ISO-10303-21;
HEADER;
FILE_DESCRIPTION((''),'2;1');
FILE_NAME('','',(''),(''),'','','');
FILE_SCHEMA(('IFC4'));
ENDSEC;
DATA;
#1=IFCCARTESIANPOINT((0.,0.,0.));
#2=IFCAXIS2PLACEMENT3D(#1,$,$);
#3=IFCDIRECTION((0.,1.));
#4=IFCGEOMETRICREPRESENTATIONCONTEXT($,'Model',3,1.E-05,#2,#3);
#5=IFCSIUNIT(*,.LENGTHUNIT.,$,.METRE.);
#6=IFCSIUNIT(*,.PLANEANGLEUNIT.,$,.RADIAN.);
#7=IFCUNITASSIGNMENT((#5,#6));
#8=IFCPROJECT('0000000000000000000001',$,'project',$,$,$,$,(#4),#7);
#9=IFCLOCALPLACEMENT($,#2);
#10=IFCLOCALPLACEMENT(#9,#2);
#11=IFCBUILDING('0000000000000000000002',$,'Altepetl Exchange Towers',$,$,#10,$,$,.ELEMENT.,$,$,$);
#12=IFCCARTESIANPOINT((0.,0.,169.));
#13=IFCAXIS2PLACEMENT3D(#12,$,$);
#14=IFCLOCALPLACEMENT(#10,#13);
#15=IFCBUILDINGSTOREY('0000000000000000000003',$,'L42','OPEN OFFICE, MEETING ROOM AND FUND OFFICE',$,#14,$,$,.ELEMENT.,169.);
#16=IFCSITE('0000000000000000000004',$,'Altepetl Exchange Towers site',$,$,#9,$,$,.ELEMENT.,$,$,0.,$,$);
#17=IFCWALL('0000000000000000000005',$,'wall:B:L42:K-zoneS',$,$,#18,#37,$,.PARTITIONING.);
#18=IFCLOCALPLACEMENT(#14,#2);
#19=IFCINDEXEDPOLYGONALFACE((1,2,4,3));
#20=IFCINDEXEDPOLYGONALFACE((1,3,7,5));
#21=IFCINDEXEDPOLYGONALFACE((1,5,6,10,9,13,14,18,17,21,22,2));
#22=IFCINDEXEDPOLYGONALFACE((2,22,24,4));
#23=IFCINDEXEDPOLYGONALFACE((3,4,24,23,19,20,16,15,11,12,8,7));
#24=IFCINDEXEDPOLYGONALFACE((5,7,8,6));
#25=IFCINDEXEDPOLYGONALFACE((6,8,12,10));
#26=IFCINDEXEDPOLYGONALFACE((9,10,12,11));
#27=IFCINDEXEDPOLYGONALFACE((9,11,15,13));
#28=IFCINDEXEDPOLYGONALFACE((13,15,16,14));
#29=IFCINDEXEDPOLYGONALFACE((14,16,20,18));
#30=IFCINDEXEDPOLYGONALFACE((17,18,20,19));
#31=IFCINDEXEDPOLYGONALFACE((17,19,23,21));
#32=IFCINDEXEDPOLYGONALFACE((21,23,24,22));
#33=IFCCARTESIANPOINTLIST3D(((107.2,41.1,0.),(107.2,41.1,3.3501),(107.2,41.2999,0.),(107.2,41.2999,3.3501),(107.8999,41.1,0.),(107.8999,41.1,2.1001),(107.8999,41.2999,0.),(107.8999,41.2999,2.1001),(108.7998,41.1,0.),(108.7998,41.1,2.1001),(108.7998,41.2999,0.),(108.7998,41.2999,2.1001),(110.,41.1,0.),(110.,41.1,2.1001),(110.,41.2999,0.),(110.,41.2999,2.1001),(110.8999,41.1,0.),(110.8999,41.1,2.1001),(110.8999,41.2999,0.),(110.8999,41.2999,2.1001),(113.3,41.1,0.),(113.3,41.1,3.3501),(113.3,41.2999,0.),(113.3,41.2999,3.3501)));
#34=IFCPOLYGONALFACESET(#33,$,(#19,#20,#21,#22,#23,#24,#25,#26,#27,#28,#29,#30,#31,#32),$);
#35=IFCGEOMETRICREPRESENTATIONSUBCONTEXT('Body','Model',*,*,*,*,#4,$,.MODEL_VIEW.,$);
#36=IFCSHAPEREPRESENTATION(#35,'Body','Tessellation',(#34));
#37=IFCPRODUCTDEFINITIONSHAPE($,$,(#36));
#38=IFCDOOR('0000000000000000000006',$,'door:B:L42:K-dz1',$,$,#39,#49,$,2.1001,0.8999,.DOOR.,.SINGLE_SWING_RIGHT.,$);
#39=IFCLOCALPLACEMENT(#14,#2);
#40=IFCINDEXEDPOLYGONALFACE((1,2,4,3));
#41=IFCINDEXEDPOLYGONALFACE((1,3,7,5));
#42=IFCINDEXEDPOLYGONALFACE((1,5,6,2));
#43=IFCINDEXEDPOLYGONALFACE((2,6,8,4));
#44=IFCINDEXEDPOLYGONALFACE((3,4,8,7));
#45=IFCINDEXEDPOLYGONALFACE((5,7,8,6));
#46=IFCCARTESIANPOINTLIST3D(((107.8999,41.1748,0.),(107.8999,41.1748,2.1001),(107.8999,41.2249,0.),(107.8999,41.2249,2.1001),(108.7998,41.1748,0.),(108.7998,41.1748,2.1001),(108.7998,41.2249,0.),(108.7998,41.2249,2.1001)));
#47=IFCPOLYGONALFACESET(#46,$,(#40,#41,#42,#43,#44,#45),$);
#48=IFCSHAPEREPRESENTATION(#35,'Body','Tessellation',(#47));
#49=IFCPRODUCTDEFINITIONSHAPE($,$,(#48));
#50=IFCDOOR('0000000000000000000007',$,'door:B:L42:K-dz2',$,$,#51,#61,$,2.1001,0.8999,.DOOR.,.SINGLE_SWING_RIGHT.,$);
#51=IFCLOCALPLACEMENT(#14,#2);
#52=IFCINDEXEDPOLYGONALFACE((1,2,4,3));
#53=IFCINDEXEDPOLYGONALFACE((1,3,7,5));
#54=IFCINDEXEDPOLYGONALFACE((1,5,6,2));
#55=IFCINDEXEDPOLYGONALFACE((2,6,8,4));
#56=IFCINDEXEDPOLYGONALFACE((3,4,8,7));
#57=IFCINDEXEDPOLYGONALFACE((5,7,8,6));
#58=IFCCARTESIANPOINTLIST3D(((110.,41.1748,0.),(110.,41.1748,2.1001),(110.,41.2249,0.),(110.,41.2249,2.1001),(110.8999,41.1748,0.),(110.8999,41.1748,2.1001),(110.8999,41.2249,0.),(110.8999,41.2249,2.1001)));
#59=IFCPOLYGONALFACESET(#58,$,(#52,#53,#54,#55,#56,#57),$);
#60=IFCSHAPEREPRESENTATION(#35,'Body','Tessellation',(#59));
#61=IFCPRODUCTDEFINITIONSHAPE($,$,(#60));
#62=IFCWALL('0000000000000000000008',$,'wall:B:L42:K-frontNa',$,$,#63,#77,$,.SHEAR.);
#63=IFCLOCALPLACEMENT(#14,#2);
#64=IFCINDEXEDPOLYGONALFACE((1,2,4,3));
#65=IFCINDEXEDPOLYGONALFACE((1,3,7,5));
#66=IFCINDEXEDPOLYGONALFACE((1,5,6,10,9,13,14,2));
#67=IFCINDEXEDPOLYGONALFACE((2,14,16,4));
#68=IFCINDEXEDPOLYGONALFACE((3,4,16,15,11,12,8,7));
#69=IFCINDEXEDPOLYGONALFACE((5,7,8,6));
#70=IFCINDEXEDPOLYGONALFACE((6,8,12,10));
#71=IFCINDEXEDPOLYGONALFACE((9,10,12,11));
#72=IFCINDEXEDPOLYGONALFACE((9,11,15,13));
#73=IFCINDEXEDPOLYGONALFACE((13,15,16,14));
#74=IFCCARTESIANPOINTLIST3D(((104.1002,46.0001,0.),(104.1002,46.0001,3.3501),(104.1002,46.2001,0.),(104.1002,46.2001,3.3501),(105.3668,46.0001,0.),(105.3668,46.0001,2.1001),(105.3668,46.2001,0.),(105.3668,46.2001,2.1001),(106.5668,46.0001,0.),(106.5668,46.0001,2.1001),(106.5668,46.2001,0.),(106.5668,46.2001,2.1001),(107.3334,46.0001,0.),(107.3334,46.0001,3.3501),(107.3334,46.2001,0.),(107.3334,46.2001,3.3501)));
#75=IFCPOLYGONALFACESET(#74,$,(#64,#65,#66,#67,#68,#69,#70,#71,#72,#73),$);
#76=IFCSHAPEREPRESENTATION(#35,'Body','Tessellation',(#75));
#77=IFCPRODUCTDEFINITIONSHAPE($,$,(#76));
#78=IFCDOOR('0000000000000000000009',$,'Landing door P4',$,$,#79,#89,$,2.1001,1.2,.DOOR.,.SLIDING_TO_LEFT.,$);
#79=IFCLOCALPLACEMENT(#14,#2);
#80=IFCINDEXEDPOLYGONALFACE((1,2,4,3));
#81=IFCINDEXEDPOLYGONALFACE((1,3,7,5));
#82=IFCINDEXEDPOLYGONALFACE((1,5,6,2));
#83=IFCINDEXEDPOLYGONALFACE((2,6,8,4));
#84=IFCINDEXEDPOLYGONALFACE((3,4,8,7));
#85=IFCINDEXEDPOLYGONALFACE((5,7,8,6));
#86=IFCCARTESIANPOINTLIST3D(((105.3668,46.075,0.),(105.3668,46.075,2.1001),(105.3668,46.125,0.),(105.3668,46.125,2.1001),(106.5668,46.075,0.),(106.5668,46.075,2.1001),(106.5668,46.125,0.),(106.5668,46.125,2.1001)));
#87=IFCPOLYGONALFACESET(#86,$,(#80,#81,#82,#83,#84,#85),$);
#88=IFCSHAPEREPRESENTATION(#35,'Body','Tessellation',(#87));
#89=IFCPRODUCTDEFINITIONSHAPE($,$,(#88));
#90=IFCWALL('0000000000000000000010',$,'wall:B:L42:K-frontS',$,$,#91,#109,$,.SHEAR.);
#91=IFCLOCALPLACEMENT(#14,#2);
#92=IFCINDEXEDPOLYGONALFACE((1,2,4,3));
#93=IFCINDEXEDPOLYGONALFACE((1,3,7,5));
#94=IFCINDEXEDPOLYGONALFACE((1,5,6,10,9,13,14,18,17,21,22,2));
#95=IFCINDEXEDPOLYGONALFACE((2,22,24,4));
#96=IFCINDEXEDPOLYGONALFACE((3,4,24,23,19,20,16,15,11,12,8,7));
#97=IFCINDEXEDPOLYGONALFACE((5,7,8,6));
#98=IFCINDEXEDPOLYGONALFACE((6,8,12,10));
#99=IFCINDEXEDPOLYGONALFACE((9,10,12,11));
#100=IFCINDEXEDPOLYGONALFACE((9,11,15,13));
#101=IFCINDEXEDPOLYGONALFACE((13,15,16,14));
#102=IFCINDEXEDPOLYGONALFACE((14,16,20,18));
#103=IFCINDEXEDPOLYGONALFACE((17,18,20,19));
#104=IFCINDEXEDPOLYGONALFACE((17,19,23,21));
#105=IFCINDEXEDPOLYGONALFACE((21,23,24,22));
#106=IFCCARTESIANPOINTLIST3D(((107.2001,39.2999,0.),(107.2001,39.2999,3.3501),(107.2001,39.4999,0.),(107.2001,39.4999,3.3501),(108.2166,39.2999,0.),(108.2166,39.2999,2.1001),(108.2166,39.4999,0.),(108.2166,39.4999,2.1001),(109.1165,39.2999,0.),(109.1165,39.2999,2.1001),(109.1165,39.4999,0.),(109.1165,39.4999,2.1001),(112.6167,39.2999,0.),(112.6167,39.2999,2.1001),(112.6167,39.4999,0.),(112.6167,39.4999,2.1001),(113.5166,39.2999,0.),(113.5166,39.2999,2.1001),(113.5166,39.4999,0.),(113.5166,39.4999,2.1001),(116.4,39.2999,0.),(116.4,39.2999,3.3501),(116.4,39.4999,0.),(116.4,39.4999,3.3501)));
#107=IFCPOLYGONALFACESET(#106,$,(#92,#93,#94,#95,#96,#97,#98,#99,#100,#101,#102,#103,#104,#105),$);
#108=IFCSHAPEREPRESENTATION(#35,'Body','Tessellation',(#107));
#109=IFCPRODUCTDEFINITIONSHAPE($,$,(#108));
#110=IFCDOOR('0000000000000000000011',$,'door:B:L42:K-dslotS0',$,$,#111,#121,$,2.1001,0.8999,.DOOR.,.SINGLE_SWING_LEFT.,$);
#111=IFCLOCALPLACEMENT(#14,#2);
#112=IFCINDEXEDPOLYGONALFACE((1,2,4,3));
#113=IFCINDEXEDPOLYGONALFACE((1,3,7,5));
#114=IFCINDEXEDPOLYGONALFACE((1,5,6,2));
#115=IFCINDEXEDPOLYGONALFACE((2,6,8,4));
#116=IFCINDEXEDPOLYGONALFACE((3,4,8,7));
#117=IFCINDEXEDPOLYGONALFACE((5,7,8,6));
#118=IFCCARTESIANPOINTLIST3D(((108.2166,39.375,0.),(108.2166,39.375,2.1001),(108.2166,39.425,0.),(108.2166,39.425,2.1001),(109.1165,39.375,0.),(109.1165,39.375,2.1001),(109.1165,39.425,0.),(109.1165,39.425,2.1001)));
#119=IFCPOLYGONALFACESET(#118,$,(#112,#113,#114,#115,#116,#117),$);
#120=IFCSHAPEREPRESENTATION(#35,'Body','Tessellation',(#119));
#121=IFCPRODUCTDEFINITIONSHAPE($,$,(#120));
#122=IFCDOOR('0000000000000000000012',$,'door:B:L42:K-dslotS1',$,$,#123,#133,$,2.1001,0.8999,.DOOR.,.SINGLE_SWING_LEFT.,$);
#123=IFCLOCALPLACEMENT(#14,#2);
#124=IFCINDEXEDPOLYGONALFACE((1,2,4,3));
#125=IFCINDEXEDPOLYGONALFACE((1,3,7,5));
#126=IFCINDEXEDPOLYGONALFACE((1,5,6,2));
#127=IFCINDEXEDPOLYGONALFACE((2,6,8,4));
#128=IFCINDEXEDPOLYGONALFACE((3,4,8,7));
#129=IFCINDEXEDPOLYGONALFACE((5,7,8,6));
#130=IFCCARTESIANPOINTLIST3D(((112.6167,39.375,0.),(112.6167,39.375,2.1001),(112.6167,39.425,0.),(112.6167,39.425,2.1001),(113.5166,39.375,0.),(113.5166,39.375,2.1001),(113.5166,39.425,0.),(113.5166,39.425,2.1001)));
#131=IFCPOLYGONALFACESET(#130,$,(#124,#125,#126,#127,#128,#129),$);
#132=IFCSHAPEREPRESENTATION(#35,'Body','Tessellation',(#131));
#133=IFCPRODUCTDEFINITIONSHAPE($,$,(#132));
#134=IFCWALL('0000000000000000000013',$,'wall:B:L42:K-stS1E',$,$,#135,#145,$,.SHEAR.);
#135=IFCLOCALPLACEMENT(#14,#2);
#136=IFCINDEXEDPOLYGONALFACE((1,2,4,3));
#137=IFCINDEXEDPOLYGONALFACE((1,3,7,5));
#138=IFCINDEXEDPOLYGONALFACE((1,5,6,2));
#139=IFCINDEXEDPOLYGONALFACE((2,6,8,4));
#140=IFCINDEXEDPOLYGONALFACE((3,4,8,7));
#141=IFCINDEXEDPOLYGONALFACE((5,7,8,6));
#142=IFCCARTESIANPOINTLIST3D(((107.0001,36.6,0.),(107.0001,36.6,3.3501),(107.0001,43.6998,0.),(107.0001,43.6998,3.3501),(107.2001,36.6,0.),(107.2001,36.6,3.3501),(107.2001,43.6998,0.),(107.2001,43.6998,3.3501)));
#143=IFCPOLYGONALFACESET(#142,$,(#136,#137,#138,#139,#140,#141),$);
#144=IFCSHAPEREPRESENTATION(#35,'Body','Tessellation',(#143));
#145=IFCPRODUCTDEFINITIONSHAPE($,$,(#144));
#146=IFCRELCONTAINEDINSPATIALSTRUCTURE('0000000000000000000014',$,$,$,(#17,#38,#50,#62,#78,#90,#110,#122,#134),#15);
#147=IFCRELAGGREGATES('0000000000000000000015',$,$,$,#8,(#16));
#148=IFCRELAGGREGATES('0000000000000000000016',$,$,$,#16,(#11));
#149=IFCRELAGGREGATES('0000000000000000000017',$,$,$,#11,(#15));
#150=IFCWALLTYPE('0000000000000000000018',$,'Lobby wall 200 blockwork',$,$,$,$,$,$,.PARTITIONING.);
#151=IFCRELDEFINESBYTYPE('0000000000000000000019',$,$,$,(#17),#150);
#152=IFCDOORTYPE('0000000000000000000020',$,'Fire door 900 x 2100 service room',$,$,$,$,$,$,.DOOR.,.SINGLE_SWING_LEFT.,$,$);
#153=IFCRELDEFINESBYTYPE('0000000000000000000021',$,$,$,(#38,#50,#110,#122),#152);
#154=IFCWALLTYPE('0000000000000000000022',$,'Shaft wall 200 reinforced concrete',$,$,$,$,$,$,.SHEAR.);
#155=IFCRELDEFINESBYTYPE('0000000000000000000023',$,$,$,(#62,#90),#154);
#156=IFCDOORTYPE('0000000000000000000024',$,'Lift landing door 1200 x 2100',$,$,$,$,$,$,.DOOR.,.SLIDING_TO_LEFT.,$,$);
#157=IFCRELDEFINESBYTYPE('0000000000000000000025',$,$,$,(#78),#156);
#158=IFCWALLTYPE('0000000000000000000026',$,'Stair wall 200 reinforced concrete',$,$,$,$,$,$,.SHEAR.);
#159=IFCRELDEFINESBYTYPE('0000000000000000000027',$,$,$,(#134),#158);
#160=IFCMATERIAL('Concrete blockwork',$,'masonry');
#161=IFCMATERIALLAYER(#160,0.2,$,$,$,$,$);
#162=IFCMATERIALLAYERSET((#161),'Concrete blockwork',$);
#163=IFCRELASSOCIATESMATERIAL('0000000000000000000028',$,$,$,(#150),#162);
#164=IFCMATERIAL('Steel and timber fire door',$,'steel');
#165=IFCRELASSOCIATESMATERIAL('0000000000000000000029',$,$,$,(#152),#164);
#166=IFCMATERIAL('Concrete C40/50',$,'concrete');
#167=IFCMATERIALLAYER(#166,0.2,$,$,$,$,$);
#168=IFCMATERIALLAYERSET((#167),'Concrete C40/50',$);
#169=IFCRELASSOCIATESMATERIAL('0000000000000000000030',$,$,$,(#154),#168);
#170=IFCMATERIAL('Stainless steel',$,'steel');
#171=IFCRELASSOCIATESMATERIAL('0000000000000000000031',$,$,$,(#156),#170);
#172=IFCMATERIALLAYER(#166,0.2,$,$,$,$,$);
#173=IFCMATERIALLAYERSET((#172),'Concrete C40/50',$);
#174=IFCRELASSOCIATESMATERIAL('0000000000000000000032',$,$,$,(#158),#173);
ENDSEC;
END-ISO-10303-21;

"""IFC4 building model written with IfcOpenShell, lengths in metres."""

from ifc_helpers import new_model, si_unit, direction, frame, frame_2d, origin, place, context, subcontext, project, spatial, rectangle, extrude, material, layer, layer_set, type_object, element, fill, save


model = new_model("IFC4")

# Units and contexts
model_context = context("Model", 3, precision=1e-05, world=origin(), true_north=direction((0.0, 1.0)))
body_context = subcontext(model_context, "Body", "Model", "MODEL_VIEW")
ifc_project = project(units=[si_unit("LENGTHUNIT", "METRE"), si_unit("PLANEANGLEUNIT", "RADIAN")], contexts=[model_context])

# Site, building, storey
site_placement = place(None, origin())
site = spatial("IfcSite", under=ifc_project, at=site_placement, Name="Altepetl Exchange Towers site", CompositionType="ELEMENT", RefElevation=0.0)
building_placement = place(site_placement, origin())
building = spatial("IfcBuilding", under=site, at=building_placement, Name="Altepetl Exchange Towers", CompositionType="ELEMENT")
storey_placement = place(building_placement, frame((0.0, 0.0, 169.0)))
storey = spatial("IfcBuildingStorey", under=building, at=storey_placement, Name="L42", Description="OPEN OFFICE, MEETING ROOM AND FUND OFFICE", CompositionType="ELEMENT", Elevation=169.0)

# Shared definitions
ifc_material_1 = material(Name="Steel and timber fire door", Category="steel")

# Shared definitions
ifc_material_2 = material(Name="Concrete blockwork", Category="masonry")
ifc_layer_1 = layer(ifc_material_2, 0.2)
ifc_layer_set_1 = layer_set([ifc_layer_1], Name="Concrete blockwork")
wall_type_1 = type_object("IfcWallType", Name="Lobby wall 200 blockwork", PredefinedType="PARTITIONING", material=ifc_layer_set_1)

# Wall, openings, doors
wall_1_placement = place(storey_placement, frame((107.2, 41.2, 0.0)))
wall_1 = element("IfcWall", 1, at=wall_1_placement, inside=storey, type_object=wall_type_1, Name="wall:B:L42:K-zoneS", PredefinedType="PARTITIONING", context=body_context, shape_type="SweptSolid", body=[
    extrude(rectangle(XDim=6.1001, YDim=0.2, at=frame_2d((3.05, 0.0))), origin(), (0.0, 0.0, 1.0), 3.3501),
])
opening_1_placement = place(wall_1_placement, frame((0.7, 0.0, 0.0)))
opening_1 = element("IfcOpeningElement", 2, at=opening_1_placement, cuts=wall_1, PredefinedType="OPENING", context=body_context, shape_type="SweptSolid", body=[
    extrude(rectangle(XDim=0.8999, YDim=2.1001, at=frame_2d((0.45, 1.05))), frame((0.0, 0.1099, 0.0), z_axis=(0.0, -1.0, 0.0), x_axis=(1.0, 0.0, 0.0)), (0.0, 0.0, 1.0), 0.22),
])
opening_2_placement = place(wall_1_placement, frame((2.8, 0.0, 0.0)))
opening_2 = element("IfcOpeningElement", 3, at=opening_2_placement, cuts=wall_1, PredefinedType="OPENING", context=body_context, shape_type="SweptSolid", body=[
    extrude(rectangle(XDim=0.8999, YDim=2.1001, at=frame_2d((0.45, 1.05))), frame((0.0, 0.1099, 0.0), z_axis=(0.0, -1.0, 0.0), x_axis=(1.0, 0.0, 0.0)), (0.0, 0.0, 1.0), 0.22),
])
door_type_1 = type_object("IfcDoorType", Name="Fire door 900 x 2100 service room", OperationType="SINGLE_SWING_LEFT", PredefinedType="DOOR", material=ifc_material_1)
door_1_placement = place(opening_1_placement, origin())
door_1 = element("IfcDoor", 4, at=door_1_placement, inside=storey, type_object=door_type_1, Name="door:B:L42:K-dz1", OperationType="SINGLE_SWING_RIGHT", OverallHeight=2.1001, OverallWidth=0.8999, PredefinedType="DOOR", context=body_context, shape_type="SweptSolid", body=[
    extrude(rectangle(XDim=0.8999, YDim=2.1001, at=frame_2d((0.45, 1.05))), frame((0.0, 0.0249, 0.0), z_axis=(0.0, -1.0, 0.0), x_axis=(1.0, 0.0, 0.0)), (0.0, 0.0, 1.0), 0.05),
])
fill(opening_1, door_1)
door_2_placement = place(opening_2_placement, origin())
door_2 = element("IfcDoor", 5, at=door_2_placement, inside=storey, type_object=door_type_1, Name="door:B:L42:K-dz2", OperationType="SINGLE_SWING_RIGHT", OverallHeight=2.1001, OverallWidth=0.8999, PredefinedType="DOOR", context=body_context, shape_type="SweptSolid", body=[
    extrude(rectangle(XDim=0.8999, YDim=2.1001, at=frame_2d((0.45, 1.05))), frame((0.0, 0.0249, 0.0), z_axis=(0.0, -1.0, 0.0), x_axis=(1.0, 0.0, 0.0)), (0.0, 0.0, 1.0), 0.05),
])
fill(opening_2, door_2)

# Wall, opening, door
ifc_material_3 = material(Name="Concrete C40/50", Category="concrete")
ifc_layer_2 = layer(ifc_material_3, 0.2)
ifc_layer_set_2 = layer_set([ifc_layer_2], Name="Concrete C40/50")
wall_type_2 = type_object("IfcWallType", Name="Shaft wall 200 reinforced concrete", PredefinedType="SHEAR", material=ifc_layer_set_2)
wall_2_placement = place(storey_placement, frame((104.1001, 46.1001, 0.0)))
wall_2 = element("IfcWall", 6, at=wall_2_placement, inside=storey, type_object=wall_type_2, Name="wall:B:L42:K-frontNa", PredefinedType="SHEAR", context=body_context, shape_type="SweptSolid", body=[
    extrude(rectangle(XDim=3.2332, YDim=0.2, at=frame_2d((1.6167, 0.0))), origin(), (0.0, 0.0, 1.0), 3.3501),
])
opening_3_placement = place(wall_2_placement, frame((1.2666, 0.0, 0.0)))
opening_3 = element("IfcOpeningElement", 7, at=opening_3_placement, cuts=wall_2, PredefinedType="OPENING", context=body_context, shape_type="SweptSolid", body=[
    extrude(rectangle(XDim=1.2, YDim=2.1001, at=frame_2d((0.6001, 1.05))), frame((0.0, 0.1099, 0.0), z_axis=(0.0, -1.0, 0.0), x_axis=(1.0, 0.0, 0.0)), (0.0, 0.0, 1.0), 0.22),
])
ifc_material_4 = material(Name="Stainless steel", Category="steel")
door_type_2 = type_object("IfcDoorType", Name="Lift landing door 1200 x 2100", OperationType="SLIDING_TO_LEFT", PredefinedType="DOOR", material=ifc_material_4)
door_3_placement = place(opening_3_placement, origin())
door_3 = element("IfcDoor", 8, at=door_3_placement, inside=storey, type_object=door_type_2, Name="Landing door P4", OperationType="SLIDING_TO_LEFT", OverallHeight=2.1001, OverallWidth=1.2, PredefinedType="DOOR", context=body_context, shape_type="SweptSolid", body=[
    extrude(rectangle(XDim=1.2, YDim=2.1001, at=frame_2d((0.6001, 1.05))), frame((0.0, 0.0249, 0.0), z_axis=(0.0, -1.0, 0.0), x_axis=(1.0, 0.0, 0.0)), (0.0, 0.0, 1.0), 0.05),
])
fill(opening_3, door_3)

# Wall, openings, doors
wall_3_placement = place(storey_placement, frame((107.2, 39.3999, 0.0)))
wall_3 = element("IfcWall", 9, at=wall_3_placement, inside=storey, type_object=wall_type_2, Name="wall:B:L42:K-frontS", PredefinedType="SHEAR", context=body_context, shape_type="SweptSolid", body=[
    extrude(rectangle(XDim=9.2, YDim=0.2, at=frame_2d((4.6001, 0.0))), origin(), (0.0, 0.0, 1.0), 3.3501),
])
opening_4_placement = place(wall_3_placement, frame((1.0166, 0.0, 0.0)))
opening_4 = element("IfcOpeningElement", 10, at=opening_4_placement, cuts=wall_3, PredefinedType="OPENING", context=body_context, shape_type="SweptSolid", body=[
    extrude(rectangle(XDim=0.8999, YDim=2.1001, at=frame_2d((0.45, 1.05))), frame((0.0, 0.1099, 0.0), z_axis=(0.0, -1.0, 0.0), x_axis=(1.0, 0.0, 0.0)), (0.0, 0.0, 1.0), 0.22),
])
opening_5_placement = place(wall_3_placement, frame((5.4167, 0.0, 0.0)))
opening_5 = element("IfcOpeningElement", 11, at=opening_5_placement, cuts=wall_3, PredefinedType="OPENING", context=body_context, shape_type="SweptSolid", body=[
    extrude(rectangle(XDim=0.8999, YDim=2.1001, at=frame_2d((0.45, 1.05))), frame((0.0, 0.1099, 0.0), z_axis=(0.0, -1.0, 0.0), x_axis=(1.0, 0.0, 0.0)), (0.0, 0.0, 1.0), 0.22),
])
door_4_placement = place(opening_4_placement, frame((0.8999, 0.0, 0.0), x_axis=(-1.0, 0.0, 0.0)))
door_4 = element("IfcDoor", 12, at=door_4_placement, inside=storey, type_object=door_type_1, Name="door:B:L42:K-dslotS0", OperationType="SINGLE_SWING_LEFT", OverallHeight=2.1001, OverallWidth=0.8999, PredefinedType="DOOR", context=body_context, shape_type="SweptSolid", body=[
    extrude(rectangle(XDim=0.8999, YDim=2.1001, at=frame_2d((0.45, 1.05))), frame((0.0, 0.0249, 0.0), z_axis=(0.0, -1.0, 0.0), x_axis=(1.0, 0.0, 0.0)), (0.0, 0.0, 1.0), 0.05),
])
fill(opening_4, door_4)
door_5_placement = place(opening_5_placement, frame((0.8999, 0.0, 0.0), x_axis=(-1.0, 0.0, 0.0)))
door_5 = element("IfcDoor", 13, at=door_5_placement, inside=storey, type_object=door_type_1, Name="door:B:L42:K-dslotS1", OperationType="SINGLE_SWING_LEFT", OverallHeight=2.1001, OverallWidth=0.8999, PredefinedType="DOOR", context=body_context, shape_type="SweptSolid", body=[
    extrude(rectangle(XDim=0.8999, YDim=2.1001, at=frame_2d((0.45, 1.05))), frame((0.0, 0.0249, 0.0), z_axis=(0.0, -1.0, 0.0), x_axis=(1.0, 0.0, 0.0)), (0.0, 0.0, 1.0), 0.05),
])
fill(opening_5, door_5)

# Wall
ifc_layer_3 = layer(ifc_material_3, 0.2)
ifc_layer_set_3 = layer_set([ifc_layer_3], Name="Concrete C40/50")
wall_type_3 = type_object("IfcWallType", Name="Stair wall 200 reinforced concrete", PredefinedType="SHEAR", material=ifc_layer_set_3)
wall_4_placement = place(storey_placement, frame((107.1001, 36.6001, 0.0), z_axis=(0.0, 0.0, 1.0), x_axis=(0.0, 1.0, 0.0)))
element("IfcWall", 14, at=wall_4_placement, inside=storey, type_object=wall_type_3, Name="wall:B:L42:K-stS1E", PredefinedType="SHEAR", context=body_context, shape_type="SweptSolid", body=[
    extrude(rectangle(XDim=7.0999, YDim=0.2, at=frame_2d((3.5498, 0.0))), origin(), (0.0, 0.0, 1.0), 3.3501),
])

save(model, "model.ifc")
